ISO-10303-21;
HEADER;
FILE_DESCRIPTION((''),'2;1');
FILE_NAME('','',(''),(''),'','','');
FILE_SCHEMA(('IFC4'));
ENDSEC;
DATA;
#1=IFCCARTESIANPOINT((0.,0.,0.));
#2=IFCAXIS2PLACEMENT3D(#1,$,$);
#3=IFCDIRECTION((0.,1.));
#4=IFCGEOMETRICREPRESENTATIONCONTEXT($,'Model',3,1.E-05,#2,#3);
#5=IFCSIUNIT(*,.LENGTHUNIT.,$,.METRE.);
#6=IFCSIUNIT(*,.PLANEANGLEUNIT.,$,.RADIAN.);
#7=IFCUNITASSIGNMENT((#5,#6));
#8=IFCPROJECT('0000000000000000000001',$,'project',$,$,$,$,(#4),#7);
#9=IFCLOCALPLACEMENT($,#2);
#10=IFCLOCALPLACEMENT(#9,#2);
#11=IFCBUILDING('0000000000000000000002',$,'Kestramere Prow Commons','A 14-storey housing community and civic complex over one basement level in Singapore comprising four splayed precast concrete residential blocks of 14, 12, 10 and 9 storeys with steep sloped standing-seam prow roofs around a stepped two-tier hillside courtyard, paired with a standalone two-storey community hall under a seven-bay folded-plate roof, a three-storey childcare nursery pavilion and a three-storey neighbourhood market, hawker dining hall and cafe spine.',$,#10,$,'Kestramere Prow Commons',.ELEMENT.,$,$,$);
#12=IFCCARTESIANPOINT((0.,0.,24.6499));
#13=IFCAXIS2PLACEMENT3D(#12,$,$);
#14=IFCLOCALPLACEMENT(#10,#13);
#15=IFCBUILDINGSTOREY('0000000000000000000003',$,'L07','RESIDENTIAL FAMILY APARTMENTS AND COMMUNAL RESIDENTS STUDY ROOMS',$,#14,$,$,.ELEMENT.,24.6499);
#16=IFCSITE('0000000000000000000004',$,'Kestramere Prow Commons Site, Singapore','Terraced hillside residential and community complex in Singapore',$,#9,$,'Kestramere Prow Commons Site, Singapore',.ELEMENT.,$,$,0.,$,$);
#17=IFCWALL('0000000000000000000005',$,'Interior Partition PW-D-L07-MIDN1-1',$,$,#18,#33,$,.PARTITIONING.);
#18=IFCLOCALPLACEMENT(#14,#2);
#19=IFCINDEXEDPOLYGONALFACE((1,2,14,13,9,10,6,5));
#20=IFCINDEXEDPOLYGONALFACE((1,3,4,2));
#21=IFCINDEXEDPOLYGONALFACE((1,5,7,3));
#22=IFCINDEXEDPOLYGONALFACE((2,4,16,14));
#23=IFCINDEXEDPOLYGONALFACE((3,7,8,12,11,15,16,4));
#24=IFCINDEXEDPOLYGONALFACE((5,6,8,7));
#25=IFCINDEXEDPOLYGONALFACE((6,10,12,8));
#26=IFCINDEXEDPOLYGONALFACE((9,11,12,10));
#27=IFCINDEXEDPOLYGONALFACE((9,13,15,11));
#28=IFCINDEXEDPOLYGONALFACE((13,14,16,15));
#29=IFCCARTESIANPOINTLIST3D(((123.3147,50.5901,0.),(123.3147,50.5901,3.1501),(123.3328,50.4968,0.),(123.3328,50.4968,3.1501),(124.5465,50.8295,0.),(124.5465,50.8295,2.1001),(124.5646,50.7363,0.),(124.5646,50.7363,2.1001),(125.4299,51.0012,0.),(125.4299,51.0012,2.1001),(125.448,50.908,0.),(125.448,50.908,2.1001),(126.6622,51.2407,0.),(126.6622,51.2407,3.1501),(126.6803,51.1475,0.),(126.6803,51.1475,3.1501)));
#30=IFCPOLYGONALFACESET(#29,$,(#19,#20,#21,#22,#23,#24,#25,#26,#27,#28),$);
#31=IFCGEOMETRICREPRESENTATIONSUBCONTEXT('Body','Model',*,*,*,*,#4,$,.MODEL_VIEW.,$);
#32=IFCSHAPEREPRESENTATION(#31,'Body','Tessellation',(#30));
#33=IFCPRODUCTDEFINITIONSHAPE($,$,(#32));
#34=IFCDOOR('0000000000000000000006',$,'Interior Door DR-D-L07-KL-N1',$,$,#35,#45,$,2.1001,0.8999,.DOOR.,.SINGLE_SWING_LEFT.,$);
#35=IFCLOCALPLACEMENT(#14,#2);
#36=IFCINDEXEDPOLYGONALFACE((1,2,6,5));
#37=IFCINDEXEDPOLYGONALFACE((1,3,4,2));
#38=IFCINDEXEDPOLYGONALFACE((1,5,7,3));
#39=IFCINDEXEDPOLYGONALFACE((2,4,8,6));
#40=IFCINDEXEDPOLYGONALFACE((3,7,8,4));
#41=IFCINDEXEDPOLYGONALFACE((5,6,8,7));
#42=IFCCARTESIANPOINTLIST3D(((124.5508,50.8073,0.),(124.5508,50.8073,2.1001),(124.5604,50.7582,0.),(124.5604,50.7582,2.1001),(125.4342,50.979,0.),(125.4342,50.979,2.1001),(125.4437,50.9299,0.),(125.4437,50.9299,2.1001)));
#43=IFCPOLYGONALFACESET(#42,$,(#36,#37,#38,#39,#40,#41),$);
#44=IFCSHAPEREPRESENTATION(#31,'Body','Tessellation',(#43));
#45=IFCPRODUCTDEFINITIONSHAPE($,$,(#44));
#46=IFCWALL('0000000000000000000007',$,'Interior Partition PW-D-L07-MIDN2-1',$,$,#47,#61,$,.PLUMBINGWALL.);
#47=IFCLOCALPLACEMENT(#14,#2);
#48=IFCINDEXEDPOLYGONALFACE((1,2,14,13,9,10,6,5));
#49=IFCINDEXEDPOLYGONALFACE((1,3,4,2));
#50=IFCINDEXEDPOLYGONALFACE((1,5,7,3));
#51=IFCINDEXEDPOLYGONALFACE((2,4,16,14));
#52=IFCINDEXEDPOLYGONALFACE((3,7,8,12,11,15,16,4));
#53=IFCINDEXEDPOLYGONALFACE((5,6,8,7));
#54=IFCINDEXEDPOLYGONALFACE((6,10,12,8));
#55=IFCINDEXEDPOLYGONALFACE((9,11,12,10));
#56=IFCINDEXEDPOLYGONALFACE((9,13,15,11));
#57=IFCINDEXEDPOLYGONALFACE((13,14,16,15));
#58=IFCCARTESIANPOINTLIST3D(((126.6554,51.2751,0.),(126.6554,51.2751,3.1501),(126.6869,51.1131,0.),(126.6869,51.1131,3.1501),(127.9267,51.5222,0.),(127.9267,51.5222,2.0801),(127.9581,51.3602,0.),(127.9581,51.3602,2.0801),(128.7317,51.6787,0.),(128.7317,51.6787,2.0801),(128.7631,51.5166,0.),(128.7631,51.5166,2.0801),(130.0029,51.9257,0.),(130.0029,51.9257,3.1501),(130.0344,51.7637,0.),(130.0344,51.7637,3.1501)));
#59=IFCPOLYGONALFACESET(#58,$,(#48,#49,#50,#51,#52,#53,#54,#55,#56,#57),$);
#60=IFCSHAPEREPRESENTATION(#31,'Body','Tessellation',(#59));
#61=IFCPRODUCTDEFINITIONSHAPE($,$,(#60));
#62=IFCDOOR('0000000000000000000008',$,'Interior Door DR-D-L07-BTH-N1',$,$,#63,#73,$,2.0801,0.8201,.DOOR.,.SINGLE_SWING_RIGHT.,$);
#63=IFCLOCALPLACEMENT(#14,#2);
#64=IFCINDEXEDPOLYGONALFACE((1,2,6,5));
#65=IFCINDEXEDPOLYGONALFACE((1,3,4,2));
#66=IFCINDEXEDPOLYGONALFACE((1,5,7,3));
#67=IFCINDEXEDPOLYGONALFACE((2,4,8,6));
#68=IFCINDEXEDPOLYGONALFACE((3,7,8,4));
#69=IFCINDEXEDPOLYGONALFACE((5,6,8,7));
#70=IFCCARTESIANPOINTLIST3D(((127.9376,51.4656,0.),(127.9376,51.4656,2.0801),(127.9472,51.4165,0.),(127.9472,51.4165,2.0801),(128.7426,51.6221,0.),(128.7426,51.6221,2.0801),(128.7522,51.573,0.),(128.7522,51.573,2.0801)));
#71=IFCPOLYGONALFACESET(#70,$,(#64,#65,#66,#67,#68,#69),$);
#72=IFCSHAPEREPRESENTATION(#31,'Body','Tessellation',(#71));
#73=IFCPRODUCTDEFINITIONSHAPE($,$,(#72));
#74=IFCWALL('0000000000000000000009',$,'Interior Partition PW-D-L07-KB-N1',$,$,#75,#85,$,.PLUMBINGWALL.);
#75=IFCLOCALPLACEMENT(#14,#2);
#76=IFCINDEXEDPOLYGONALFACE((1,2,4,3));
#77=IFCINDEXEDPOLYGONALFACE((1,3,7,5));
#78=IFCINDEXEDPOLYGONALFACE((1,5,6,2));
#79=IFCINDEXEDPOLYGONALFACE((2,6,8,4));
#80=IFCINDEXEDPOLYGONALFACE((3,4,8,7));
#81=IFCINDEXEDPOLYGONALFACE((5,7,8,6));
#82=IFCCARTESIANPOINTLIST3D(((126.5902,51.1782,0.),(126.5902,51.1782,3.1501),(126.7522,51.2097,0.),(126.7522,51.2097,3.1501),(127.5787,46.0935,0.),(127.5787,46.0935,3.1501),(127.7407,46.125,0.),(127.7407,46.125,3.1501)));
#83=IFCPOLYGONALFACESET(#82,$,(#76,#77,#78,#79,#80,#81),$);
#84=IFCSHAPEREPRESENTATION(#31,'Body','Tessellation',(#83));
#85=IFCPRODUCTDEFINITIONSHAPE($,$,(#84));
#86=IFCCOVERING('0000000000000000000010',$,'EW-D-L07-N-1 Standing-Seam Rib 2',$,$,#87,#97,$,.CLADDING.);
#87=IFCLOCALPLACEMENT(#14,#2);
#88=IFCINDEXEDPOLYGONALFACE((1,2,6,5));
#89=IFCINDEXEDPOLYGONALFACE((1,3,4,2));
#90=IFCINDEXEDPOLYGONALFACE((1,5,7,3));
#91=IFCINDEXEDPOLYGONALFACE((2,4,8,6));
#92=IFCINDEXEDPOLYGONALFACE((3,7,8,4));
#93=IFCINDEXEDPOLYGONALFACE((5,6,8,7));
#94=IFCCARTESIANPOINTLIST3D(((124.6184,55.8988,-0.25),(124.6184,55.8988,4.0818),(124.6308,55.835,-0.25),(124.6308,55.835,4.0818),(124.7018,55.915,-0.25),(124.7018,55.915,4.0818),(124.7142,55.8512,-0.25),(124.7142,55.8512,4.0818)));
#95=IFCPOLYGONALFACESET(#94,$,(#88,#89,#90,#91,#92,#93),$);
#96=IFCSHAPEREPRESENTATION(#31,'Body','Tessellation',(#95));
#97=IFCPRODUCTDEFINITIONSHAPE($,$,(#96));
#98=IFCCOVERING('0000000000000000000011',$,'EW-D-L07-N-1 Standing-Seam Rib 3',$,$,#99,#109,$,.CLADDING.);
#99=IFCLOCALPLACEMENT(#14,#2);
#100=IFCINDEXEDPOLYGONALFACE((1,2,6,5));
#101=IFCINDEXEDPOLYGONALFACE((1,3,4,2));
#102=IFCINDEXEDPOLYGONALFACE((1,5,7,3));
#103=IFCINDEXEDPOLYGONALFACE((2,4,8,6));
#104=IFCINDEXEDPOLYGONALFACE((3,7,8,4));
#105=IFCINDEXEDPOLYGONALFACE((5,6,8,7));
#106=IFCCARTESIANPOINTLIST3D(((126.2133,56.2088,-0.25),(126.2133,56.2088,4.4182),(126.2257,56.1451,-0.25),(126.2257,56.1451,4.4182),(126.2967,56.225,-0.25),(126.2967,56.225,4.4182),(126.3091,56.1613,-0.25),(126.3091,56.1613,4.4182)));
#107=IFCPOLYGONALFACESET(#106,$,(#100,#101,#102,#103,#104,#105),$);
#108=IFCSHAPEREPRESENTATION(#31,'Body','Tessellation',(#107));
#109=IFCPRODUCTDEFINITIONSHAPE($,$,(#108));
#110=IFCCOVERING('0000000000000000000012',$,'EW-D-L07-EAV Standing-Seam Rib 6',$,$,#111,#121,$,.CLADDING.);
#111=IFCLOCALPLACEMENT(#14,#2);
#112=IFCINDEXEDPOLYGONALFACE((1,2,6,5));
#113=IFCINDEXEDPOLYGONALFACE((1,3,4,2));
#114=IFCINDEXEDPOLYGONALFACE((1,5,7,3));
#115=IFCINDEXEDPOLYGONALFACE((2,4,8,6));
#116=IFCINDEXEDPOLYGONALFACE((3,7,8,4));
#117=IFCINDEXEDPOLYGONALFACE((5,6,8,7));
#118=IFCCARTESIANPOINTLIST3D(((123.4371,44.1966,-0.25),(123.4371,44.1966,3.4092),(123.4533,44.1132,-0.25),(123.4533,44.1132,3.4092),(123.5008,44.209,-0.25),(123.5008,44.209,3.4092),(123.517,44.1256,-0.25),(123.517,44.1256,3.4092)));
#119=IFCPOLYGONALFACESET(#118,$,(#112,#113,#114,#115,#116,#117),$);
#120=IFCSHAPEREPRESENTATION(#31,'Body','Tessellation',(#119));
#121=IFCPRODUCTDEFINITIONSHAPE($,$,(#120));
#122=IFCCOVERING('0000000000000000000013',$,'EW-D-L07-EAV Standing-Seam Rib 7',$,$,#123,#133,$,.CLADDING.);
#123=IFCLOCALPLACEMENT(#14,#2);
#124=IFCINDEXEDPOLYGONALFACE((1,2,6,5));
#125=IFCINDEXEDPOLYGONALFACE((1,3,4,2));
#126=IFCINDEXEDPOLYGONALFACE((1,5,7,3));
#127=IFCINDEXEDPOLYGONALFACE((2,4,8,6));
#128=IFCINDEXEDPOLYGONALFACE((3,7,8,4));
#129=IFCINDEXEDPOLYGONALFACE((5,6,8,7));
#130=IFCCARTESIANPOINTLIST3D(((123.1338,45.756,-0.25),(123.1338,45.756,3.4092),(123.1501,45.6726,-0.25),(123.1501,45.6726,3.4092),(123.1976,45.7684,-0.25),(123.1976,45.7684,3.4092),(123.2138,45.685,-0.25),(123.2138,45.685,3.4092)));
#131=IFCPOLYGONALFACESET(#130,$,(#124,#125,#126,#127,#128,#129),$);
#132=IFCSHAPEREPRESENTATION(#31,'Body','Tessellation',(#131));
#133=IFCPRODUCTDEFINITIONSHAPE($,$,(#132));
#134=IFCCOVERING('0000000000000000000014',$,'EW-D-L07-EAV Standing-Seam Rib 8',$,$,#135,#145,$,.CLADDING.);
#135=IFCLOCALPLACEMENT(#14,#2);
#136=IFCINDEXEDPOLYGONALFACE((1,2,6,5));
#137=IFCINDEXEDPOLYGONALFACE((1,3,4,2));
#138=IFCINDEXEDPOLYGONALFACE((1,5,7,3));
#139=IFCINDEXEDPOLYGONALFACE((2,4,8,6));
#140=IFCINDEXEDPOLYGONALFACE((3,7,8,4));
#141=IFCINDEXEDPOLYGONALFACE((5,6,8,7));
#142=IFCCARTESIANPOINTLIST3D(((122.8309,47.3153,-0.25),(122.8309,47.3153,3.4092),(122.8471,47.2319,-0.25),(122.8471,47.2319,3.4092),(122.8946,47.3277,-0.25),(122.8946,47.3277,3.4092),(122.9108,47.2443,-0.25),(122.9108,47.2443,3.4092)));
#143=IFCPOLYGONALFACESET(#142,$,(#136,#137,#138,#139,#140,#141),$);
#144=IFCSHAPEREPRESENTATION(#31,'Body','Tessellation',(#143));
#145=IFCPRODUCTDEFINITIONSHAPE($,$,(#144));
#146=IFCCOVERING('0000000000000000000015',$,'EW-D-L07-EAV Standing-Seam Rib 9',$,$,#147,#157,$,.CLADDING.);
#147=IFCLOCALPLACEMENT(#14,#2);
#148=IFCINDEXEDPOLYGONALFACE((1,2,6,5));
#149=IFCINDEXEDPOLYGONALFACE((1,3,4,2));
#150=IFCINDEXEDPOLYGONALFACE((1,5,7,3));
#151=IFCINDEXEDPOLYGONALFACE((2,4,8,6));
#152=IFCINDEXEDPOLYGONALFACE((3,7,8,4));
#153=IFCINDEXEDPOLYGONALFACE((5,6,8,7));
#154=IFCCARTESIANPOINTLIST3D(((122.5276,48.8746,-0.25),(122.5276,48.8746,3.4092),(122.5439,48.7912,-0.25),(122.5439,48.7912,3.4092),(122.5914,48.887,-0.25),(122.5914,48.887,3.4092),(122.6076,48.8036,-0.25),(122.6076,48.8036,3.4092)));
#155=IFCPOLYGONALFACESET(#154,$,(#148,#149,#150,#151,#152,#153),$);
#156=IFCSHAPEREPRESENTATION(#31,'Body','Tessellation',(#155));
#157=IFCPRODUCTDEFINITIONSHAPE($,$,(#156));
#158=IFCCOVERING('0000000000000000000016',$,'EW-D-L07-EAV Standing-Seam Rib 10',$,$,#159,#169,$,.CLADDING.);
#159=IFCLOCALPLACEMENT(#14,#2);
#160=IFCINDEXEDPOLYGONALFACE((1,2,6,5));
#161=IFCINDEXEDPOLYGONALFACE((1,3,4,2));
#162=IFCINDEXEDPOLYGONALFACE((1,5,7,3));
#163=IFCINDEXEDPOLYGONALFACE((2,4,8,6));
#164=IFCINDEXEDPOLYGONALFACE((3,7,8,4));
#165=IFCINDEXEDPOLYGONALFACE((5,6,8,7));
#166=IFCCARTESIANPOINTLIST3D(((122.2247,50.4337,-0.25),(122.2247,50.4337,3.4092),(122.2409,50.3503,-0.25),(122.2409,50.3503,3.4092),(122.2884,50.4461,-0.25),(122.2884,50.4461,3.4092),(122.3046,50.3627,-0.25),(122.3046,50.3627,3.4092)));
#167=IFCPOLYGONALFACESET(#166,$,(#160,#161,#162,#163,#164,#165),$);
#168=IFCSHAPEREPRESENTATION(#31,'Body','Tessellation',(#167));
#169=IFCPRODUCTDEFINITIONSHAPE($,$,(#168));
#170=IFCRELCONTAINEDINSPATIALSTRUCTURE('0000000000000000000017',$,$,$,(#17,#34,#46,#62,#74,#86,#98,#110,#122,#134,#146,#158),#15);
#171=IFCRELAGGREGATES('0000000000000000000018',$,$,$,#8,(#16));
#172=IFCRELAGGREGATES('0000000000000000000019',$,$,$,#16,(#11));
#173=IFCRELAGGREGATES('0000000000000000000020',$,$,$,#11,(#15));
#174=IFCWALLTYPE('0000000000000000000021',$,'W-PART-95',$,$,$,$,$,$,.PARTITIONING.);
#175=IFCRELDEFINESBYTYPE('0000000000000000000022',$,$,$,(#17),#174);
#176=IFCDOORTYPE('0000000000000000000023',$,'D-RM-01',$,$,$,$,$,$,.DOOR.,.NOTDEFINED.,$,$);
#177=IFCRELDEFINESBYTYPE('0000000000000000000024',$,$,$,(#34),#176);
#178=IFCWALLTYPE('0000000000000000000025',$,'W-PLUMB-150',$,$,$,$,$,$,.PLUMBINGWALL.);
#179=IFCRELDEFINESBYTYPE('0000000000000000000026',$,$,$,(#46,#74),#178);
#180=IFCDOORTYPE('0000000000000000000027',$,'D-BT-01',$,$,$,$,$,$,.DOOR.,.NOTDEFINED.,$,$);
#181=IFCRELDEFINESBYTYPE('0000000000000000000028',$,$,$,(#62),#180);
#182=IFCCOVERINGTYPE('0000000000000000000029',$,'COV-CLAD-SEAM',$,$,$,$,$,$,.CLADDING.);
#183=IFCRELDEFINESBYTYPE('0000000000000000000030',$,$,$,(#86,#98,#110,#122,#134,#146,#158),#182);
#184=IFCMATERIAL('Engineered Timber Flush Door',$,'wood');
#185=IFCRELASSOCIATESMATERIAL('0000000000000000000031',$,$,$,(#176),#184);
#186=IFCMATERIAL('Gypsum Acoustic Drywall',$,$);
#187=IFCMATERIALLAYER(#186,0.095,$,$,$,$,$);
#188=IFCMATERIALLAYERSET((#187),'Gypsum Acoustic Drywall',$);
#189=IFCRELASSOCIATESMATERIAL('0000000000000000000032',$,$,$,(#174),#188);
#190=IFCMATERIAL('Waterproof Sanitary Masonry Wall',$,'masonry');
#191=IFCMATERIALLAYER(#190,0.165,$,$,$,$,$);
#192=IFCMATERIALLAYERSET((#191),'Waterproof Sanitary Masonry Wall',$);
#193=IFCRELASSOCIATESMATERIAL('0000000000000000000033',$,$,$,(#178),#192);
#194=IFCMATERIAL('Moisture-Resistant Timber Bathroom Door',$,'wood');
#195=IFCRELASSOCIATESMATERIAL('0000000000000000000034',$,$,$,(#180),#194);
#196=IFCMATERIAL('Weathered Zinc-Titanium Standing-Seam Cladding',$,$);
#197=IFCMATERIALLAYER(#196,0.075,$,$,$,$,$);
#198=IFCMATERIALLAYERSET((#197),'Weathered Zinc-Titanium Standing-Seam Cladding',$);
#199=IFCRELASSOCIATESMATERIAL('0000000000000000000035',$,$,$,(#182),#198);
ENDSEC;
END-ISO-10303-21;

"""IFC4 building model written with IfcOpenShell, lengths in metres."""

from ifc_helpers import new_model, si_unit, direction, frame, frame_2d, origin, origin_2d, place, context, subcontext, project, spatial, rectangle, extrude, material, layer, layer_set, type_object, element, fill, save


model = new_model("IFC4")

# Units and contexts
model_context = context("Model", 3, precision=1e-05, world=origin(), true_north=direction((0.0, 1.0)))
body_context = subcontext(model_context, "Body", "Model", "MODEL_VIEW")
ifc_project = project(units=[si_unit("LENGTHUNIT", "METRE"), si_unit("PLANEANGLEUNIT", "RADIAN")], contexts=[model_context])

# Site, building, storey
site_placement = place(None, origin())
site = spatial("IfcSite", under=ifc_project, at=site_placement, Name="Kestramere Prow Commons Site, Singapore", Description="Terraced hillside residential and community complex in Singapore", LongName="Kestramere Prow Commons Site, Singapore", CompositionType="ELEMENT", RefElevation=0.0)
building_placement = place(site_placement, origin())
building = spatial("IfcBuilding", under=site, at=building_placement, Name="Kestramere Prow Commons", Description="A 14-storey housing community and civic complex over one basement level in Singapore comprising four splayed precast concrete residential blocks of 14, 12, 10 and 9 storeys with steep sloped standing-seam prow roofs around a stepped two-tier hillside courtyard, paired with a standalone two-storey community hall under a seven-bay folded-plate roof, a three-storey childcare nursery pavilion and a three-storey neighbourhood market, hawker dining hall and cafe spine.", LongName="Kestramere Prow Commons", CompositionType="ELEMENT")
storey_placement = place(building_placement, frame((0.0, 0.0, 24.6499)))
storey = spatial("IfcBuildingStorey", under=building, at=storey_placement, Name="L07", Description="RESIDENTIAL FAMILY APARTMENTS AND COMMUNAL RESIDENTS STUDY ROOMS", CompositionType="ELEMENT", Elevation=24.6499)

# Shared definitions
ifc_material_1 = material(Name="Gypsum Acoustic Drywall")
ifc_material_2 = material(Name="Engineered Timber Flush Door", Category="wood")
door_type_1 = type_object("IfcDoorType", Name="D-RM-01", OperationType="NOTDEFINED", PredefinedType="DOOR", material=ifc_material_2)

# Walls, openings, doors
ifc_layer_1 = layer(ifc_material_1, 0.095)
ifc_layer_set_1 = layer_set([ifc_layer_1], Name="Gypsum Acoustic Drywall")
wall_type_1 = type_object("IfcWallType", Name="W-PART-95", PredefinedType="PARTITIONING", material=ifc_layer_set_1)
wall_1_placement = place(storey_placement, frame((123.3237, 50.5435, 0.0), z_axis=(0.0, 0.0, 1.0), x_axis=(0.981629, 0.190799, 0.0)))
wall_1 = element("IfcWall", 1, at=wall_1_placement, inside=storey, type_object=wall_type_1, Name="Interior Partition PW-D-L07-MIDN1-1", PredefinedType="PARTITIONING", context=body_context, shape_type="SweptSolid", body=[
    extrude(rectangle(XDim=3.4102, YDim=0.095, at=frame_2d((1.7051, 0.0))), origin(), (0.0, 0.0, 1.0), 3.1501),
])
opening_1_placement = place(wall_1_placement, frame((1.2549, 0.0, 0.0)))
opening_1 = element("IfcOpeningElement", 2, at=opening_1_placement, cuts=wall_1, PredefinedType="OPENING", context=body_context, shape_type="SweptSolid", body=[
    extrude(rectangle(XDim=0.8999, YDim=2.1001, at=frame_2d((0.45, 1.05))), frame((0.0, 0.0625, 0.0), z_axis=(0.0, -1.0, 0.0), x_axis=(1.0, 0.0, 0.0)), (0.0, 0.0, 1.0), 0.125),
])
door_1_placement = place(opening_1_placement, origin())
door_1 = element("IfcDoor", 3, at=door_1_placement, inside=storey, type_object=door_type_1, Name="Interior Door DR-D-L07-KL-N1", OperationType="SINGLE_SWING_LEFT", OverallHeight=2.1001, OverallWidth=0.8999, PredefinedType="DOOR", context=body_context, shape_type="SweptSolid", body=[
    extrude(rectangle(XDim=0.8999, YDim=2.1001, at=frame_2d((0.45, 1.05))), frame((0.0, 0.0249, 0.0), z_axis=(0.0, -1.0, 0.0), x_axis=(1.0, 0.0, 0.0)), (0.0, 0.0, 1.0), 0.05),
])
fill(opening_1, door_1)
ifc_material_3 = material(Name="Waterproof Sanitary Masonry Wall", Category="masonry")
ifc_layer_2 = layer(ifc_material_3, 0.165)
ifc_layer_set_2 = layer_set([ifc_layer_2], Name="Waterproof Sanitary Masonry Wall")
wall_type_2 = type_object("IfcWallType", Name="W-PLUMB-150", PredefinedType="PLUMBINGWALL", material=ifc_layer_set_2)
wall_2_placement = place(storey_placement, frame((126.6711, 51.1941, 0.0), z_axis=(0.0, 0.0, 1.0), x_axis=(0.981629, 0.190799, 0.0)))
wall_2 = element("IfcWall", 4, at=wall_2_placement, inside=storey, type_object=wall_type_2, Name="Interior Partition PW-D-L07-MIDN2-1", PredefinedType="PLUMBINGWALL", context=body_context, shape_type="SweptSolid", body=[
    extrude(rectangle(XDim=3.4102, YDim=0.165, at=frame_2d((1.7051, 0.0))), origin(), (0.0, 0.0, 1.0), 3.1501),
])
opening_2_placement = place(wall_2_placement, frame((1.2949, 0.0, 0.0)))
opening_2 = element("IfcOpeningElement", 5, at=opening_2_placement, cuts=wall_2, PredefinedType="OPENING", context=body_context, shape_type="SweptSolid", body=[
    extrude(rectangle(XDim=0.8201, YDim=2.0801, at=frame_2d((0.4102, 1.04))), frame((0.0, 0.0974, 0.0), z_axis=(0.0, -1.0, 0.0), x_axis=(1.0, 0.0, 0.0)), (0.0, 0.0, 1.0), 0.1951),
])
ifc_material_4 = material(Name="Moisture-Resistant Timber Bathroom Door", Category="wood")
door_type_2 = type_object("IfcDoorType", Name="D-BT-01", OperationType="NOTDEFINED", PredefinedType="DOOR", material=ifc_material_4)
door_2_placement = place(opening_2_placement, origin())
door_2 = element("IfcDoor", 6, at=door_2_placement, inside=storey, type_object=door_type_2, Name="Interior Door DR-D-L07-BTH-N1", OperationType="SINGLE_SWING_RIGHT", OverallHeight=2.0801, OverallWidth=0.8201, PredefinedType="DOOR", context=body_context, shape_type="SweptSolid", body=[
    extrude(rectangle(XDim=0.8201, YDim=2.0801, at=frame_2d((0.4102, 1.04))), frame((0.0, 0.0249, 0.0), z_axis=(0.0, -1.0, 0.0), x_axis=(1.0, 0.0, 0.0)), (0.0, 0.0, 1.0), 0.05),
])
fill(opening_2, door_2)

# Wall
wall_3_placement = place(storey_placement, frame((127.6597, 46.1094, 0.0), z_axis=(0.0, 0.0, 1.0), x_axis=(-0.190838, 0.981622, 0.0)))
element("IfcWall", 7, at=wall_3_placement, inside=storey, type_object=wall_type_2, Name="Interior Partition PW-D-L07-KB-N1", PredefinedType="PLUMBINGWALL", context=body_context, shape_type="SweptSolid", body=[
    extrude(rectangle(XDim=5.1799, YDim=0.165, at=frame_2d((2.5898, 0.0))), origin(), (0.0, 0.0, 1.0), 3.1501),
])

# Coverings
ifc_material_5 = material(Name="Weathered Zinc-Titanium Standing-Seam Cladding")
ifc_layer_3 = layer(ifc_material_5, 0.075)
ifc_layer_set_3 = layer_set([ifc_layer_3], Name="Weathered Zinc-Titanium Standing-Seam Cladding")
covering_type = type_object("IfcCoveringType", Name="COV-CLAD-SEAM", PredefinedType="CLADDING", material=ifc_layer_set_3)
covering_1_placement = place(storey_placement, frame((124.6663, 55.875, -0.25), z_axis=(0.0, 0.0, 1.0), x_axis=(0.981627, 0.190809, 0.0)))
element("IfcCovering", 8, at=covering_1_placement, inside=storey, type_object=covering_type, Name="EW-D-L07-N-1 Standing-Seam Rib 2", PredefinedType="CLADDING", context=body_context, shape_type="SweptSolid", body=[
    extrude(rectangle(XDim=0.085, YDim=0.0649, at=origin_2d()), origin(), (0.0, 0.0, 1.0), 4.3318),
])
covering_2_placement = place(storey_placement, frame((126.2612, 56.1851, -0.25), z_axis=(0.0, 0.0, 1.0), x_axis=(0.981627, 0.190809, 0.0)))
element("IfcCovering", 9, at=covering_2_placement, inside=storey, type_object=covering_type, Name="EW-D-L07-N-1 Standing-Seam Rib 3", PredefinedType="CLADDING", context=body_context, shape_type="SweptSolid", body=[
    extrude(rectangle(XDim=0.085, YDim=0.0649, at=origin_2d()), origin(), (0.0, 0.0, 1.0), 4.6682),
])
for number, where, z_axis, x_axis, name in (
    (10, (123.4771, 44.1611, -0.25), (0.0, 0.0, 1.0), (-0.190809, 0.981627, 0.0), "EW-D-L07-EAV Standing-Seam Rib 6"),
    (11, (123.1738, 45.7205, -0.25), (0.0, 0.0, 1.0), (-0.190809, 0.981627, 0.0), "EW-D-L07-EAV Standing-Seam Rib 7"),
    (12, (122.8708, 47.2798, -0.25), (0.0, 0.0, 1.0), (-0.190809, 0.981627, 0.0), "EW-D-L07-EAV Standing-Seam Rib 8"),
    (13, (122.5676, 48.8391, -0.25), (0.0, 0.0, 1.0), (-0.190809, 0.981627, 0.0), "EW-D-L07-EAV Standing-Seam Rib 9"),
    (14, (122.2646, 50.3982, -0.25), (0.0, 0.0, 1.0), (-0.190809, 0.981627, 0.0), "EW-D-L07-EAV Standing-Seam Rib 10"),
):
    element("IfcCovering", number, at=place(storey_placement, frame(where, z_axis=z_axis, x_axis=x_axis)), inside=storey, type_object=covering_type, Name=name, PredefinedType="CLADDING", context=body_context, shape_type="SweptSolid", body=[
        extrude(rectangle(XDim=0.085, YDim=0.0649, at=origin_2d()), origin(), (0.0, 0.0, 1.0), 3.6592),
    ])

save(model, "model.ifc")
